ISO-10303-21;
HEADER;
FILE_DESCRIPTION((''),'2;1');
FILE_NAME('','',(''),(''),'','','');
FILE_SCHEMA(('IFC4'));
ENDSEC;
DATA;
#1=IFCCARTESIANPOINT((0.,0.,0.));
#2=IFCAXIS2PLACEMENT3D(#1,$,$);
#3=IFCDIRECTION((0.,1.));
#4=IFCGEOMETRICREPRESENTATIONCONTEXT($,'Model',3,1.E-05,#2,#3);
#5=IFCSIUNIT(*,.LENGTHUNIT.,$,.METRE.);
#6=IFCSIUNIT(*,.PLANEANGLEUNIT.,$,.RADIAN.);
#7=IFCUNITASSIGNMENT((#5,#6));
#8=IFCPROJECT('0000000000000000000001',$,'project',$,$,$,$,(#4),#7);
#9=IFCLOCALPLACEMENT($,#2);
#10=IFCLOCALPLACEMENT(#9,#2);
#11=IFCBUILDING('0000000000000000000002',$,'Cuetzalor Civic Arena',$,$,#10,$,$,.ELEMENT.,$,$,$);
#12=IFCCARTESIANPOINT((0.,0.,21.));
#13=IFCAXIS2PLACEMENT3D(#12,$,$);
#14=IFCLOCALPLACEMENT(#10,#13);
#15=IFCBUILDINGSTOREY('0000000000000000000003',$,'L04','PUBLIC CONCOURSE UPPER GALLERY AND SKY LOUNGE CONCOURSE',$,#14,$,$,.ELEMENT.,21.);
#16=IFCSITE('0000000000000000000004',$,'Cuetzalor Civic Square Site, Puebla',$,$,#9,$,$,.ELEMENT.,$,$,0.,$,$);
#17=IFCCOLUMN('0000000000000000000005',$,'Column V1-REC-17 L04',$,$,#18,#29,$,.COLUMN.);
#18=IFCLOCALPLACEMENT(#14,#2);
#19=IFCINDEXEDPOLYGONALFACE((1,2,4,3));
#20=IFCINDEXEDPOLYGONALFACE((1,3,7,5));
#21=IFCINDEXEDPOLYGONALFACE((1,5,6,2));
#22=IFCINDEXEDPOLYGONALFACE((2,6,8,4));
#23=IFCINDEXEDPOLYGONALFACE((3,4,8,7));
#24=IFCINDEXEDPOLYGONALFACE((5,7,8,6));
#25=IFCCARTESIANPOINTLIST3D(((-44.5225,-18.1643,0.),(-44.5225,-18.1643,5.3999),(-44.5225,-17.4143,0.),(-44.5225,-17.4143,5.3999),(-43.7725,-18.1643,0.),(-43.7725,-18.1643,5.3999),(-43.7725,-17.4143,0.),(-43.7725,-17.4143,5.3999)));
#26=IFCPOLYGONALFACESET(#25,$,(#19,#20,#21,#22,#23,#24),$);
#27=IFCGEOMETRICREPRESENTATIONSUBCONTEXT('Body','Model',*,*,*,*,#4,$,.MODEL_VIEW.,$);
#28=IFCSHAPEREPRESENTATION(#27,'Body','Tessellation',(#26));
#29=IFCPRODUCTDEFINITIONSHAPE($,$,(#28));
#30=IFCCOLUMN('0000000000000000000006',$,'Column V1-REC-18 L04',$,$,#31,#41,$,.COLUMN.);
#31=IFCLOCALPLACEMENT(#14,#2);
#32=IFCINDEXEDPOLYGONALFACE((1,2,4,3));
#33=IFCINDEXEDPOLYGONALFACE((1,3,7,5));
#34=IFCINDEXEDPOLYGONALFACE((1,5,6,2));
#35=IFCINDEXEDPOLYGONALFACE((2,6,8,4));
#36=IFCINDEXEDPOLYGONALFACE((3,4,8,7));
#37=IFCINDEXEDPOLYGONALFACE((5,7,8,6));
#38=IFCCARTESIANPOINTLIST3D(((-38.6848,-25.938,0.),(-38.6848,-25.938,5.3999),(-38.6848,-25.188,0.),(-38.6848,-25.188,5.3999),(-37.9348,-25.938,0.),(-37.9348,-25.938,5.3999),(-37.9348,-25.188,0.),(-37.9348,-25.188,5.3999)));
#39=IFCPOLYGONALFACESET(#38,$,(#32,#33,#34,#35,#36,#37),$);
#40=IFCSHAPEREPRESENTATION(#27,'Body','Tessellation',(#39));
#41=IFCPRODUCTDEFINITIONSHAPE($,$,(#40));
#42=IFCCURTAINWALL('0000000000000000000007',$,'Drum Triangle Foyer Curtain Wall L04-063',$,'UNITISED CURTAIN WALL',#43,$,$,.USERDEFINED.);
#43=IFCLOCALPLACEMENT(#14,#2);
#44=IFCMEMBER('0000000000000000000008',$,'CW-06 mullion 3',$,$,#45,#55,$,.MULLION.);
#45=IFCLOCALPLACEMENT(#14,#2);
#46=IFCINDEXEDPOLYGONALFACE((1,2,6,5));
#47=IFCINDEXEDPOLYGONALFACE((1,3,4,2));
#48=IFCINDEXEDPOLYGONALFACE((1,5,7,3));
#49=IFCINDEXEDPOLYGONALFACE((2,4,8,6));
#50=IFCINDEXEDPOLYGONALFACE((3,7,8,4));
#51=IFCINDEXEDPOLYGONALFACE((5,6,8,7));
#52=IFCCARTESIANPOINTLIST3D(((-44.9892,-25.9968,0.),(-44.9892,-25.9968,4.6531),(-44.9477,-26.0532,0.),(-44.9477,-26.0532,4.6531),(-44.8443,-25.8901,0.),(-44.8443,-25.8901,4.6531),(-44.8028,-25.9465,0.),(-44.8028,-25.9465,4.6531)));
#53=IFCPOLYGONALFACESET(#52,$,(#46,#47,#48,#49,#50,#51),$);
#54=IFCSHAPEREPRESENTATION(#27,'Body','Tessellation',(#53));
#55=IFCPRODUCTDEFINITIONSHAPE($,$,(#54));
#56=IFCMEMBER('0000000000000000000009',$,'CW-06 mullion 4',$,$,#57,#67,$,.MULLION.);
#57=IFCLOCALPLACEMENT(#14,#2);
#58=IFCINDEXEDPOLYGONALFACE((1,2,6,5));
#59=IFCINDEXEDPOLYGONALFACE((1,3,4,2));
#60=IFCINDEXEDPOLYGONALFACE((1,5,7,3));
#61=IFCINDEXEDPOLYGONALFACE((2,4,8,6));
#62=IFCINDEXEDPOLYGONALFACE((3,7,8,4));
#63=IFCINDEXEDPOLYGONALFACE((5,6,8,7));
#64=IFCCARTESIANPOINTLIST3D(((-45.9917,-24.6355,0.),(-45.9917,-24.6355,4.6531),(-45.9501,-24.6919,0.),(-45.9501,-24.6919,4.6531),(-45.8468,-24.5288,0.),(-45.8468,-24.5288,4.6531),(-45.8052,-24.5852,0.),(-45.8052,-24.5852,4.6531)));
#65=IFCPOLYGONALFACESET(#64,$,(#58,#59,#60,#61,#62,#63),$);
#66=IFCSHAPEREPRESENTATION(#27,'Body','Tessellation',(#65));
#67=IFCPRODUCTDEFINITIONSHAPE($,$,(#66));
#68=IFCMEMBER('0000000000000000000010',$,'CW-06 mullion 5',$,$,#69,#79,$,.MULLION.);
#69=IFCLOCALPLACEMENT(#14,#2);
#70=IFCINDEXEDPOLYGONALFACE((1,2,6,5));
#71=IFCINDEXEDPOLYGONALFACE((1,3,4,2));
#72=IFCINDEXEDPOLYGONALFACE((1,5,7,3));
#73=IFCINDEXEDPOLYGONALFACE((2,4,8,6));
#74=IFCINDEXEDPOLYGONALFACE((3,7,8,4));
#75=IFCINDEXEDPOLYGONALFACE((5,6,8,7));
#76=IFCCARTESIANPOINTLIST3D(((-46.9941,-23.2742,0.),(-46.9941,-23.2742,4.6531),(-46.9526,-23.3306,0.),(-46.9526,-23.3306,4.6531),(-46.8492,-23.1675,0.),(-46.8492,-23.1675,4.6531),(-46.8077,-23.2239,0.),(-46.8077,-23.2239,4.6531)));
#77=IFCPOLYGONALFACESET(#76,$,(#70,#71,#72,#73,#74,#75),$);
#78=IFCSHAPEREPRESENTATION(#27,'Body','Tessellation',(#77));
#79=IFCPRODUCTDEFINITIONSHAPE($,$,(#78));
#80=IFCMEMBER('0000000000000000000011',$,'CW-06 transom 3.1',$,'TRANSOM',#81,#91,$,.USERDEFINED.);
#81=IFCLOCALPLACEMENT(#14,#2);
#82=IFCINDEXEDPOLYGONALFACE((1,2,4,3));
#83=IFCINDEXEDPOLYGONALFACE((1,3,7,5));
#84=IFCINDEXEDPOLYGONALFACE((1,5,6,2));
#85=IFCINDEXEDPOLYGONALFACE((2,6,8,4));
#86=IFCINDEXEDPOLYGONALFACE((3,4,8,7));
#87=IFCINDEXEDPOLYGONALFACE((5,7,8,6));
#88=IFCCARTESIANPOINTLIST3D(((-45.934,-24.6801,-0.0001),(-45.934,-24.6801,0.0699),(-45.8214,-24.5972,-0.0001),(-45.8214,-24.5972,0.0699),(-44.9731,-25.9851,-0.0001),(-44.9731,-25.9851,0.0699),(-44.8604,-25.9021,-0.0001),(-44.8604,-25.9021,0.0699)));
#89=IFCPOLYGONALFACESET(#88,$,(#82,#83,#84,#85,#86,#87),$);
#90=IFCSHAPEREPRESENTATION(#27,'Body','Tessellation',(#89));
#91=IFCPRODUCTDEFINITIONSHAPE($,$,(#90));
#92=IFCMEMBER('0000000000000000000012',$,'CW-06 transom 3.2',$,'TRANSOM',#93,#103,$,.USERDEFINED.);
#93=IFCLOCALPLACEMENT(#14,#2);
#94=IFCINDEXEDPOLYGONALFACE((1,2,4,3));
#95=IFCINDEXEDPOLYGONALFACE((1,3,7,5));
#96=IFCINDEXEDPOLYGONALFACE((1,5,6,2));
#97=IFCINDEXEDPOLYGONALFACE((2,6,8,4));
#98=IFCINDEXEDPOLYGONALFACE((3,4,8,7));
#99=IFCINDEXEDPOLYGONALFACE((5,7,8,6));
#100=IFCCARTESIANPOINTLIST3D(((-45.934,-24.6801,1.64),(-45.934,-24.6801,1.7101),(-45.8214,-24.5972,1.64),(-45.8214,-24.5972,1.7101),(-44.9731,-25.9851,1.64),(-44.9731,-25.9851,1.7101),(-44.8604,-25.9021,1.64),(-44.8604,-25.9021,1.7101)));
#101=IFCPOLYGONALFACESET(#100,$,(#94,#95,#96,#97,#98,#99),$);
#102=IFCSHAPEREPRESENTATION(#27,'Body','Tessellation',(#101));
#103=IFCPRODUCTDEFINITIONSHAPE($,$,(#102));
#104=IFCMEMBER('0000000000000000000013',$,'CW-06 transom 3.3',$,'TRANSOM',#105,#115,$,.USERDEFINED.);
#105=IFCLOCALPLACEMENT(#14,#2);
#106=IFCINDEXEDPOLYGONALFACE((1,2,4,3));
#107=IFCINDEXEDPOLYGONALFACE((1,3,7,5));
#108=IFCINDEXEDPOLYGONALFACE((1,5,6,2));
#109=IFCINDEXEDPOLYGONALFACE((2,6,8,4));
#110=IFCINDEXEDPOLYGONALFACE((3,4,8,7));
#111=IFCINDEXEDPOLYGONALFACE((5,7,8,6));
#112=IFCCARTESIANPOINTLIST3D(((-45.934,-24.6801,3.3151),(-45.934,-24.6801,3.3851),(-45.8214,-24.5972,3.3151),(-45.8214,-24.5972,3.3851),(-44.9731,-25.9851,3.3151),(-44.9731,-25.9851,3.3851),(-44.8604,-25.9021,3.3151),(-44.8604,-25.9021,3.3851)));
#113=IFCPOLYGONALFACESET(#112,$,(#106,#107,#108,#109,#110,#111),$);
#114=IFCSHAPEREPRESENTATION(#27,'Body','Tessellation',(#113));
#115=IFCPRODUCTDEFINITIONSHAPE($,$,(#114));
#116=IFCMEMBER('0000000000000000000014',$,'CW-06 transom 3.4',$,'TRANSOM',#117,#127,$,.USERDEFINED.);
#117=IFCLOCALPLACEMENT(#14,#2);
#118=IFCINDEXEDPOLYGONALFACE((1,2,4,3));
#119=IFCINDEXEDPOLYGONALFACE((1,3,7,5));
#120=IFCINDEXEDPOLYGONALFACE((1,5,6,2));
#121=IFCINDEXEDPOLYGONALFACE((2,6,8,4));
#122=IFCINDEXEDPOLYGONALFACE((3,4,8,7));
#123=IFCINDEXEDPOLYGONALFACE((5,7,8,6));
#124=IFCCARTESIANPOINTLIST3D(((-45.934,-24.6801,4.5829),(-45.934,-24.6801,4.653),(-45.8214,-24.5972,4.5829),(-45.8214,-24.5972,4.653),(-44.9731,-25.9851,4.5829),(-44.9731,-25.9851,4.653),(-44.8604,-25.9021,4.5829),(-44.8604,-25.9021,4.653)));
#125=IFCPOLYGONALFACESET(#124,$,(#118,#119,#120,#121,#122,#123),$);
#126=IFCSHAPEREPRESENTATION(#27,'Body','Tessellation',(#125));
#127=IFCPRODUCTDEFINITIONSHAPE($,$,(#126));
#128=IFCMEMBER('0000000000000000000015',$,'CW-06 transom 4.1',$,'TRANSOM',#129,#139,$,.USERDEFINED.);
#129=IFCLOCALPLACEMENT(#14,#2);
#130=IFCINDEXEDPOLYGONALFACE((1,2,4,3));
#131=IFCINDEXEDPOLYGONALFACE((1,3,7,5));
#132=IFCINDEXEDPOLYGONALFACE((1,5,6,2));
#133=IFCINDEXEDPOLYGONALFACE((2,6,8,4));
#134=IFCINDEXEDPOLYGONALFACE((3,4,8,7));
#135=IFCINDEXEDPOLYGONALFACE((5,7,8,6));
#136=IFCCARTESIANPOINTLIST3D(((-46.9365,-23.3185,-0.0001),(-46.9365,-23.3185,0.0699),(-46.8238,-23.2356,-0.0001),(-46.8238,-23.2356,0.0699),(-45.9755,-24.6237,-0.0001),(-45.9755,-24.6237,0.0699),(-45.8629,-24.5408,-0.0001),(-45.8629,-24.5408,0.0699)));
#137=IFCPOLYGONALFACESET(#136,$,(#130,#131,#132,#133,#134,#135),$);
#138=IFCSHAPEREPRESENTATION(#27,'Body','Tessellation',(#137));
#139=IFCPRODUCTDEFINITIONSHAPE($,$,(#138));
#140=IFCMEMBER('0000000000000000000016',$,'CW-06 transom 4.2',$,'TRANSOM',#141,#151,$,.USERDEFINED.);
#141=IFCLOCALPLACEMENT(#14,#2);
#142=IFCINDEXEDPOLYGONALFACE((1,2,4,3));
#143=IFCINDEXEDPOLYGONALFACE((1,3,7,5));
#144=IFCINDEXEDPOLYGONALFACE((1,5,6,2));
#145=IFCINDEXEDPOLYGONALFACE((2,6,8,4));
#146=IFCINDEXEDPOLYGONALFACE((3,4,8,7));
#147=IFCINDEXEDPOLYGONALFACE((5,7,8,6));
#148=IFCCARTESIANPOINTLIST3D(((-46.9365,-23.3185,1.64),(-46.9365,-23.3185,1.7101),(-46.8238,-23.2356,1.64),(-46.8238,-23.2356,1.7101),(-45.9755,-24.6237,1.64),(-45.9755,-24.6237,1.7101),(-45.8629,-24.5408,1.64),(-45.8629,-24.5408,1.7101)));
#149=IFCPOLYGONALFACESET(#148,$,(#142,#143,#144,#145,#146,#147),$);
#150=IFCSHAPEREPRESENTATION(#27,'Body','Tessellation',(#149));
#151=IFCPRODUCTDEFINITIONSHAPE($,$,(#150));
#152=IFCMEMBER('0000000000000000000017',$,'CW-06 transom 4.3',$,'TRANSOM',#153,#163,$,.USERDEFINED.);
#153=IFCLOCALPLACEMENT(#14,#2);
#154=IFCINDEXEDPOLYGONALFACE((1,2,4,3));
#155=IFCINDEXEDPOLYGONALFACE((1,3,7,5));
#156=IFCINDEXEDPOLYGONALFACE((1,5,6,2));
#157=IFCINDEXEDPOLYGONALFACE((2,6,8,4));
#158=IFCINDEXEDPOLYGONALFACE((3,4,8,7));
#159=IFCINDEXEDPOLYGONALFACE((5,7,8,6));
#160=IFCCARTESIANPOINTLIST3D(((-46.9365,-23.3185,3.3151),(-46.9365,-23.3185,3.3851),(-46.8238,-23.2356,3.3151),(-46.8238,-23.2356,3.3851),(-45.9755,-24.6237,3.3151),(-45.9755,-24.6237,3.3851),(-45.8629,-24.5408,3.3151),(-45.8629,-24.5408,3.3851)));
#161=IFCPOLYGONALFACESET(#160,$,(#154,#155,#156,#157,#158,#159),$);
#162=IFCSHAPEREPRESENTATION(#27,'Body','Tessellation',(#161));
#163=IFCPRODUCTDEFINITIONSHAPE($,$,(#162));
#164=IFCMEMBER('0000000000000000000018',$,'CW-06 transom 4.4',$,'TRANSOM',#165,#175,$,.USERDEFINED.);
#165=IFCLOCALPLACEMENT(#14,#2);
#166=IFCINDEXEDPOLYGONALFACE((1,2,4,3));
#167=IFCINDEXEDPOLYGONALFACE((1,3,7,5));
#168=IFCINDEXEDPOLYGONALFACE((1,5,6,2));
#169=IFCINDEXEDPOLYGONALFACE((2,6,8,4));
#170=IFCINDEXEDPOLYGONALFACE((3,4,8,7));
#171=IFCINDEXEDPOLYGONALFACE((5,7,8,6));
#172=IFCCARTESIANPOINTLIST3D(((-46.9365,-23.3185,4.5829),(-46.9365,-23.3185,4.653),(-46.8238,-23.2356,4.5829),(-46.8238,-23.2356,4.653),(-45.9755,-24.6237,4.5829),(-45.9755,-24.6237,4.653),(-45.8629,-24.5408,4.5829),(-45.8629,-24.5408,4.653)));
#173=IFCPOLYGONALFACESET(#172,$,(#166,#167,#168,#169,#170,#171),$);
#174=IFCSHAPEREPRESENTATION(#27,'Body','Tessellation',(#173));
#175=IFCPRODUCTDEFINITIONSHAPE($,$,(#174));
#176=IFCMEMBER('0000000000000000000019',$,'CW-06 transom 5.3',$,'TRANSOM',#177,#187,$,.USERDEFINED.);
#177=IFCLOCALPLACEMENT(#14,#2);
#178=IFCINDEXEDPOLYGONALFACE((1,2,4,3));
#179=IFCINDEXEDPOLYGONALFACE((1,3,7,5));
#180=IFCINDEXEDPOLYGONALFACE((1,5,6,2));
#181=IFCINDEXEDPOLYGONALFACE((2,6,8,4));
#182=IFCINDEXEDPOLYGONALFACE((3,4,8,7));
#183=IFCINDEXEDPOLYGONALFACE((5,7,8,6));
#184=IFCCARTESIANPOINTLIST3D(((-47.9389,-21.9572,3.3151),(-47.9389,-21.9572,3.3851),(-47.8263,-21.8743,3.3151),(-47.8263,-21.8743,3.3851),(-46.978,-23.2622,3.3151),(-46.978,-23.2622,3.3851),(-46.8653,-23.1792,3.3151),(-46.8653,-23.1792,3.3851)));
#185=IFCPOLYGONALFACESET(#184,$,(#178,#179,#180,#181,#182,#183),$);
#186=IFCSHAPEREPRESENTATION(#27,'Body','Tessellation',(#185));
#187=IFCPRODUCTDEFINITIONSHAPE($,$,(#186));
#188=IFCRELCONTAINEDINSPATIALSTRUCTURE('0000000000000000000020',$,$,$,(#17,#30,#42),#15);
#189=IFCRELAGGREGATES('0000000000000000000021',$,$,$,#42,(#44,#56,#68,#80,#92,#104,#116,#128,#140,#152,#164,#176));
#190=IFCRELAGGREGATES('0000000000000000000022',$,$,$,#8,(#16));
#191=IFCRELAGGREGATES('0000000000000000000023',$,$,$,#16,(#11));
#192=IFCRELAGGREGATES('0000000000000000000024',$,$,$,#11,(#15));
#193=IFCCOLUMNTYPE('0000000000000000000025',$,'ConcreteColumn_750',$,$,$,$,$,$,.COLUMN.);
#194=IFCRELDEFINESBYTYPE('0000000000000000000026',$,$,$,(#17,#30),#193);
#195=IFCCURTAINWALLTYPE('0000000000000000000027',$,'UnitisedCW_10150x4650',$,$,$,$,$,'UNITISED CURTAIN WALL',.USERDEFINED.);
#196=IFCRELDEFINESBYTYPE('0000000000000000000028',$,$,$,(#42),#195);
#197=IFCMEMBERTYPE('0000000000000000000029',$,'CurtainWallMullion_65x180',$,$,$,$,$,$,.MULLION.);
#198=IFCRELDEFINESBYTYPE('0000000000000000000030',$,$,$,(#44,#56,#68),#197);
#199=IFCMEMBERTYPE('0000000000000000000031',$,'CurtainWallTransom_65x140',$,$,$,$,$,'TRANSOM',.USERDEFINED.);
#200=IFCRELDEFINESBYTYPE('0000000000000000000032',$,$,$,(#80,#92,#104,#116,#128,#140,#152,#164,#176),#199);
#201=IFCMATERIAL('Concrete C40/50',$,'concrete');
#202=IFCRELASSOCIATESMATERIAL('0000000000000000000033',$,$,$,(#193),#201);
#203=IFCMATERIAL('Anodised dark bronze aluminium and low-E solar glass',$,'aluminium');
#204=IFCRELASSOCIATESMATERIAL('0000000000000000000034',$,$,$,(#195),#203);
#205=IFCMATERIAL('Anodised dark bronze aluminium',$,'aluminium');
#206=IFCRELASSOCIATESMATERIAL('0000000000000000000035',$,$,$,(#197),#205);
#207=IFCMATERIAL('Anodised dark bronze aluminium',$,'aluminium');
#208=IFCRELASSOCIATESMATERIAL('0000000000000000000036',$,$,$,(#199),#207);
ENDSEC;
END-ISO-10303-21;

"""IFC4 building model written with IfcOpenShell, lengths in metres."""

from ifc_helpers import new_model, si_unit, direction, frame, origin, origin_2d, place, context, subcontext, project, spatial, rectangle, extrude, material, material_profile, profile_set, type_object, element, aggregate, save


model = new_model("IFC4")

# Units and contexts
model_context = context("Model", 3, precision=1e-05, world=origin(), true_north=direction((0.0, 1.0)))
body_context = subcontext(model_context, "Body", "Model", "MODEL_VIEW")
ifc_project = project(units=[si_unit("LENGTHUNIT", "METRE"), si_unit("PLANEANGLEUNIT", "RADIAN")], contexts=[model_context])

# Site, building, storey
site_placement = place(None, origin())
site = spatial("IfcSite", under=ifc_project, at=site_placement, Name="Cuetzalor Civic Square Site, Puebla", CompositionType="ELEMENT", RefElevation=0.0)
building_placement = place(site_placement, origin())
building = spatial("IfcBuilding", under=site, at=building_placement, Name="Cuetzalor Civic Arena", CompositionType="ELEMENT")
storey_placement = place(building_placement, frame((0.0, 0.0, 21.0)))
storey = spatial("IfcBuildingStorey", under=building, at=storey_placement, Name="L04", Description="PUBLIC CONCOURSE UPPER GALLERY AND SKY LOUNGE CONCOURSE", CompositionType="ELEMENT", Elevation=21.0)

# Columns
ifc_material_1 = material(Name="Concrete C40/50", Category="concrete")
ifc_material_profile_1 = material_profile(ifc_material_1, rectangle(XDim=0.75, YDim=0.75, at=origin_2d()), Name="RC 750x750")
ifc_profile_set_1 = profile_set([ifc_material_profile_1], Name="Concrete C40/50")
column_type = type_object("IfcColumnType", Name="ConcreteColumn_750", PredefinedType="COLUMN", material=ifc_profile_set_1)
for number, where, z_axis, x_axis, name in (
    (1, (-44.1475, -17.7893, 0.0), (0.0, 0.0, 1.0), (1.0, 0.0, 0.0), "Column V1-REC-17 L04"),
    (2, (-38.3098, -25.563, 0.0), (0.0, 0.0, 1.0), (1.0, 0.0, 0.0), "Column V1-REC-18 L04"),
):
    element("IfcColumn", number, at=place(storey_placement, frame(where, z_axis=z_axis, x_axis=x_axis)), inside=storey, type_object=column_type, Name=name, PredefinedType="COLUMN", context=body_context, shape_type="SweptSolid", body=[
        extrude(rectangle(XDim=0.75, YDim=0.75, at=origin_2d()), origin(), (0.0, 0.0, 1.0), 5.3999),
    ])

# Curtain wall, members
ifc_material_2 = material(Name="Anodised dark bronze aluminium and low-E solar glass", Category="aluminium")
curtain_wall_type = type_object("IfcCurtainWallType", Name="UnitisedCW_10150x4650", ElementType="UNITISED CURTAIN WALL", PredefinedType="USERDEFINED", material=ifc_material_2)
curtain_wall_placement = place(storey_placement, origin())
curtain_wall = element("IfcCurtainWall", 3, at=curtain_wall_placement, inside=storey, type_object=curtain_wall_type, Name="Drum Triangle Foyer Curtain Wall L04-063", ObjectType="UNITISED CURTAIN WALL", PredefinedType="USERDEFINED")
ifc_material_3 = material(Name="Anodised dark bronze aluminium", Category="aluminium")
ifc_material_profile_2 = material_profile(ifc_material_3, rectangle(XDim=0.0701, YDim=0.1799, at=origin_2d()), Name="ALU MULLION 70x180")
ifc_profile_set_2 = profile_set([ifc_material_profile_2], Name="Anodised dark bronze aluminium")
member_type_1 = type_object("IfcMemberType", Name="CurtainWallMullion_65x180", PredefinedType="MULLION", material=ifc_profile_set_2)
member_1_placement = place(storey_placement, frame((-44.896, -25.9717, 0.0), z_axis=(0.0, 0.0, 1.0), x_axis=(-0.592929, 0.805255, 0.0)))
member_1 = element("IfcMember", 4, at=member_1_placement, type_object=member_type_1, Name="CW-06 mullion 3", PredefinedType="MULLION", context=body_context, shape_type="SweptSolid", body=[
    extrude(rectangle(XDim=0.0701, YDim=0.1799, at=origin_2d()), origin(), (0.0, 0.0, 1.0), 4.6531),
])
member_2_placement = place(storey_placement, frame((-45.8984, -24.6104, 0.0), z_axis=(0.0, 0.0, 1.0), x_axis=(-0.592929, 0.805255, 0.0)))
member_2 = element("IfcMember", 5, at=member_2_placement, type_object=member_type_1, Name="CW-06 mullion 4", PredefinedType="MULLION", context=body_context, shape_type="SweptSolid", body=[
    extrude(rectangle(XDim=0.0701, YDim=0.1799, at=origin_2d()), origin(), (0.0, 0.0, 1.0), 4.6531),
])
member_3_placement = place(storey_placement, frame((-46.9009, -23.249, 0.0), z_axis=(0.0, 0.0, 1.0), x_axis=(-0.592929, 0.805255, 0.0)))
member_3 = element("IfcMember", 6, at=member_3_placement, type_object=member_type_1, Name="CW-06 mullion 5", PredefinedType="MULLION", context=body_context, shape_type="SweptSolid", body=[
    extrude(rectangle(XDim=0.0701, YDim=0.1799, at=origin_2d()), origin(), (0.0, 0.0, 1.0), 4.6531),
])
ifc_material_4 = material(Name="Anodised dark bronze aluminium", Category="aluminium")
ifc_material_profile_3 = material_profile(ifc_material_4, rectangle(XDim=0.1399, YDim=0.0701, at=origin_2d()), Name="ALU TRANSOM 70x140")
ifc_profile_set_3 = profile_set([ifc_material_profile_3], Name="Anodised dark bronze aluminium")
member_type_2 = type_object("IfcMemberType", Name="CurtainWallTransom_65x140", ElementType="TRANSOM", PredefinedType="USERDEFINED", material=ifc_profile_set_3)
member_4_placement = place(storey_placement, frame((-44.9167, -25.9436, 0.0349), z_axis=(-0.592963, 0.80523, 0.0), x_axis=(-0.80523, -0.592963, 0.0)))
member_4 = element("IfcMember", 7, at=member_4_placement, type_object=member_type_2, Name="CW-06 transom 3.1", ObjectType="TRANSOM", PredefinedType="USERDEFINED", context=body_context, shape_type="SweptSolid", body=[
    extrude(rectangle(XDim=0.1399, YDim=0.0701, at=origin_2d()), origin(), (0.0, 0.0, 1.0), 1.6206),
])
member_5_placement = place(storey_placement, frame((-44.9167, -25.9436, 1.675), z_axis=(-0.592963, 0.80523, 0.0), x_axis=(-0.80523, -0.592963, 0.0)))
member_5 = element("IfcMember", 8, at=member_5_placement, type_object=member_type_2, Name="CW-06 transom 3.2", ObjectType="TRANSOM", PredefinedType="USERDEFINED", context=body_context, shape_type="SweptSolid", body=[
    extrude(rectangle(XDim=0.1399, YDim=0.0701, at=origin_2d()), origin(), (0.0, 0.0, 1.0), 1.6206),
])
member_6_placement = place(storey_placement, frame((-44.9167, -25.9436, 3.3501), z_axis=(-0.592963, 0.80523, 0.0), x_axis=(-0.80523, -0.592963, 0.0)))
member_6 = element("IfcMember", 9, at=member_6_placement, type_object=member_type_2, Name="CW-06 transom 3.3", ObjectType="TRANSOM", PredefinedType="USERDEFINED", context=body_context, shape_type="SweptSolid", body=[
    extrude(rectangle(XDim=0.1399, YDim=0.0701, at=origin_2d()), origin(), (0.0, 0.0, 1.0), 1.6206),
])
member_7_placement = place(storey_placement, frame((-44.9167, -25.9436, 4.6179), z_axis=(-0.592963, 0.80523, 0.0), x_axis=(-0.80523, -0.592963, 0.0)))
member_7 = element("IfcMember", 10, at=member_7_placement, type_object=member_type_2, Name="CW-06 transom 3.4", ObjectType="TRANSOM", PredefinedType="USERDEFINED", context=body_context, shape_type="SweptSolid", body=[
    extrude(rectangle(XDim=0.1399, YDim=0.0701, at=origin_2d()), origin(), (0.0, 0.0, 1.0), 1.6206),
])
member_8_placement = place(storey_placement, frame((-45.9192, -24.5823, 0.0349), z_axis=(-0.592891, 0.805283, 0.0), x_axis=(-0.805283, -0.592891, 0.0)))
member_8 = element("IfcMember", 11, at=member_8_placement, type_object=member_type_2, Name="CW-06 transom 4.1", ObjectType="TRANSOM", PredefinedType="USERDEFINED", context=body_context, shape_type="SweptSolid", body=[
    extrude(rectangle(XDim=0.1399, YDim=0.0701, at=origin_2d()), origin(), (0.0, 0.0, 1.0), 1.6208),
])
member_9_placement = place(storey_placement, frame((-45.9192, -24.5823, 1.675), z_axis=(-0.592891, 0.805283, 0.0), x_axis=(-0.805283, -0.592891, 0.0)))
member_9 = element("IfcMember", 12, at=member_9_placement, type_object=member_type_2, Name="CW-06 transom 4.2", ObjectType="TRANSOM", PredefinedType="USERDEFINED", context=body_context, shape_type="SweptSolid", body=[
    extrude(rectangle(XDim=0.1399, YDim=0.0701, at=origin_2d()), origin(), (0.0, 0.0, 1.0), 1.6208),
])
member_10_placement = place(storey_placement, frame((-45.9192, -24.5823, 3.3501), z_axis=(-0.592891, 0.805283, 0.0), x_axis=(-0.805283, -0.592891, 0.0)))
member_10 = element("IfcMember", 13, at=member_10_placement, type_object=member_type_2, Name="CW-06 transom 4.3", ObjectType="TRANSOM", PredefinedType="USERDEFINED", context=body_context, shape_type="SweptSolid", body=[
    extrude(rectangle(XDim=0.1399, YDim=0.0701, at=origin_2d()), origin(), (0.0, 0.0, 1.0), 1.6208),
])
member_11_placement = place(storey_placement, frame((-45.9192, -24.5823, 4.6179), z_axis=(-0.592891, 0.805283, 0.0), x_axis=(-0.805283, -0.592891, 0.0)))
member_11 = element("IfcMember", 14, at=member_11_placement, type_object=member_type_2, Name="CW-06 transom 4.4", ObjectType="TRANSOM", PredefinedType="USERDEFINED", context=body_context, shape_type="SweptSolid", body=[
    extrude(rectangle(XDim=0.1399, YDim=0.0701, at=origin_2d()), origin(), (0.0, 0.0, 1.0), 1.6208),
])
member_12_placement = place(storey_placement, frame((-46.9216, -23.2207, 3.3501), z_axis=(-0.592963, 0.80523, 0.0), x_axis=(-0.80523, -0.592963, 0.0)))
member_12 = element("IfcMember", 15, at=member_12_placement, type_object=member_type_2, Name="CW-06 transom 5.3", ObjectType="TRANSOM", PredefinedType="USERDEFINED", context=body_context, shape_type="SweptSolid", body=[
    extrude(rectangle(XDim=0.1399, YDim=0.0701, at=origin_2d()), origin(), (0.0, 0.0, 1.0), 1.6206),
])

aggregate(curtain_wall, [member_1, member_2, member_3, member_4, member_5, member_6, member_7, member_8, member_9, member_10, member_11, member_12])

save(model, "model.ifc")
